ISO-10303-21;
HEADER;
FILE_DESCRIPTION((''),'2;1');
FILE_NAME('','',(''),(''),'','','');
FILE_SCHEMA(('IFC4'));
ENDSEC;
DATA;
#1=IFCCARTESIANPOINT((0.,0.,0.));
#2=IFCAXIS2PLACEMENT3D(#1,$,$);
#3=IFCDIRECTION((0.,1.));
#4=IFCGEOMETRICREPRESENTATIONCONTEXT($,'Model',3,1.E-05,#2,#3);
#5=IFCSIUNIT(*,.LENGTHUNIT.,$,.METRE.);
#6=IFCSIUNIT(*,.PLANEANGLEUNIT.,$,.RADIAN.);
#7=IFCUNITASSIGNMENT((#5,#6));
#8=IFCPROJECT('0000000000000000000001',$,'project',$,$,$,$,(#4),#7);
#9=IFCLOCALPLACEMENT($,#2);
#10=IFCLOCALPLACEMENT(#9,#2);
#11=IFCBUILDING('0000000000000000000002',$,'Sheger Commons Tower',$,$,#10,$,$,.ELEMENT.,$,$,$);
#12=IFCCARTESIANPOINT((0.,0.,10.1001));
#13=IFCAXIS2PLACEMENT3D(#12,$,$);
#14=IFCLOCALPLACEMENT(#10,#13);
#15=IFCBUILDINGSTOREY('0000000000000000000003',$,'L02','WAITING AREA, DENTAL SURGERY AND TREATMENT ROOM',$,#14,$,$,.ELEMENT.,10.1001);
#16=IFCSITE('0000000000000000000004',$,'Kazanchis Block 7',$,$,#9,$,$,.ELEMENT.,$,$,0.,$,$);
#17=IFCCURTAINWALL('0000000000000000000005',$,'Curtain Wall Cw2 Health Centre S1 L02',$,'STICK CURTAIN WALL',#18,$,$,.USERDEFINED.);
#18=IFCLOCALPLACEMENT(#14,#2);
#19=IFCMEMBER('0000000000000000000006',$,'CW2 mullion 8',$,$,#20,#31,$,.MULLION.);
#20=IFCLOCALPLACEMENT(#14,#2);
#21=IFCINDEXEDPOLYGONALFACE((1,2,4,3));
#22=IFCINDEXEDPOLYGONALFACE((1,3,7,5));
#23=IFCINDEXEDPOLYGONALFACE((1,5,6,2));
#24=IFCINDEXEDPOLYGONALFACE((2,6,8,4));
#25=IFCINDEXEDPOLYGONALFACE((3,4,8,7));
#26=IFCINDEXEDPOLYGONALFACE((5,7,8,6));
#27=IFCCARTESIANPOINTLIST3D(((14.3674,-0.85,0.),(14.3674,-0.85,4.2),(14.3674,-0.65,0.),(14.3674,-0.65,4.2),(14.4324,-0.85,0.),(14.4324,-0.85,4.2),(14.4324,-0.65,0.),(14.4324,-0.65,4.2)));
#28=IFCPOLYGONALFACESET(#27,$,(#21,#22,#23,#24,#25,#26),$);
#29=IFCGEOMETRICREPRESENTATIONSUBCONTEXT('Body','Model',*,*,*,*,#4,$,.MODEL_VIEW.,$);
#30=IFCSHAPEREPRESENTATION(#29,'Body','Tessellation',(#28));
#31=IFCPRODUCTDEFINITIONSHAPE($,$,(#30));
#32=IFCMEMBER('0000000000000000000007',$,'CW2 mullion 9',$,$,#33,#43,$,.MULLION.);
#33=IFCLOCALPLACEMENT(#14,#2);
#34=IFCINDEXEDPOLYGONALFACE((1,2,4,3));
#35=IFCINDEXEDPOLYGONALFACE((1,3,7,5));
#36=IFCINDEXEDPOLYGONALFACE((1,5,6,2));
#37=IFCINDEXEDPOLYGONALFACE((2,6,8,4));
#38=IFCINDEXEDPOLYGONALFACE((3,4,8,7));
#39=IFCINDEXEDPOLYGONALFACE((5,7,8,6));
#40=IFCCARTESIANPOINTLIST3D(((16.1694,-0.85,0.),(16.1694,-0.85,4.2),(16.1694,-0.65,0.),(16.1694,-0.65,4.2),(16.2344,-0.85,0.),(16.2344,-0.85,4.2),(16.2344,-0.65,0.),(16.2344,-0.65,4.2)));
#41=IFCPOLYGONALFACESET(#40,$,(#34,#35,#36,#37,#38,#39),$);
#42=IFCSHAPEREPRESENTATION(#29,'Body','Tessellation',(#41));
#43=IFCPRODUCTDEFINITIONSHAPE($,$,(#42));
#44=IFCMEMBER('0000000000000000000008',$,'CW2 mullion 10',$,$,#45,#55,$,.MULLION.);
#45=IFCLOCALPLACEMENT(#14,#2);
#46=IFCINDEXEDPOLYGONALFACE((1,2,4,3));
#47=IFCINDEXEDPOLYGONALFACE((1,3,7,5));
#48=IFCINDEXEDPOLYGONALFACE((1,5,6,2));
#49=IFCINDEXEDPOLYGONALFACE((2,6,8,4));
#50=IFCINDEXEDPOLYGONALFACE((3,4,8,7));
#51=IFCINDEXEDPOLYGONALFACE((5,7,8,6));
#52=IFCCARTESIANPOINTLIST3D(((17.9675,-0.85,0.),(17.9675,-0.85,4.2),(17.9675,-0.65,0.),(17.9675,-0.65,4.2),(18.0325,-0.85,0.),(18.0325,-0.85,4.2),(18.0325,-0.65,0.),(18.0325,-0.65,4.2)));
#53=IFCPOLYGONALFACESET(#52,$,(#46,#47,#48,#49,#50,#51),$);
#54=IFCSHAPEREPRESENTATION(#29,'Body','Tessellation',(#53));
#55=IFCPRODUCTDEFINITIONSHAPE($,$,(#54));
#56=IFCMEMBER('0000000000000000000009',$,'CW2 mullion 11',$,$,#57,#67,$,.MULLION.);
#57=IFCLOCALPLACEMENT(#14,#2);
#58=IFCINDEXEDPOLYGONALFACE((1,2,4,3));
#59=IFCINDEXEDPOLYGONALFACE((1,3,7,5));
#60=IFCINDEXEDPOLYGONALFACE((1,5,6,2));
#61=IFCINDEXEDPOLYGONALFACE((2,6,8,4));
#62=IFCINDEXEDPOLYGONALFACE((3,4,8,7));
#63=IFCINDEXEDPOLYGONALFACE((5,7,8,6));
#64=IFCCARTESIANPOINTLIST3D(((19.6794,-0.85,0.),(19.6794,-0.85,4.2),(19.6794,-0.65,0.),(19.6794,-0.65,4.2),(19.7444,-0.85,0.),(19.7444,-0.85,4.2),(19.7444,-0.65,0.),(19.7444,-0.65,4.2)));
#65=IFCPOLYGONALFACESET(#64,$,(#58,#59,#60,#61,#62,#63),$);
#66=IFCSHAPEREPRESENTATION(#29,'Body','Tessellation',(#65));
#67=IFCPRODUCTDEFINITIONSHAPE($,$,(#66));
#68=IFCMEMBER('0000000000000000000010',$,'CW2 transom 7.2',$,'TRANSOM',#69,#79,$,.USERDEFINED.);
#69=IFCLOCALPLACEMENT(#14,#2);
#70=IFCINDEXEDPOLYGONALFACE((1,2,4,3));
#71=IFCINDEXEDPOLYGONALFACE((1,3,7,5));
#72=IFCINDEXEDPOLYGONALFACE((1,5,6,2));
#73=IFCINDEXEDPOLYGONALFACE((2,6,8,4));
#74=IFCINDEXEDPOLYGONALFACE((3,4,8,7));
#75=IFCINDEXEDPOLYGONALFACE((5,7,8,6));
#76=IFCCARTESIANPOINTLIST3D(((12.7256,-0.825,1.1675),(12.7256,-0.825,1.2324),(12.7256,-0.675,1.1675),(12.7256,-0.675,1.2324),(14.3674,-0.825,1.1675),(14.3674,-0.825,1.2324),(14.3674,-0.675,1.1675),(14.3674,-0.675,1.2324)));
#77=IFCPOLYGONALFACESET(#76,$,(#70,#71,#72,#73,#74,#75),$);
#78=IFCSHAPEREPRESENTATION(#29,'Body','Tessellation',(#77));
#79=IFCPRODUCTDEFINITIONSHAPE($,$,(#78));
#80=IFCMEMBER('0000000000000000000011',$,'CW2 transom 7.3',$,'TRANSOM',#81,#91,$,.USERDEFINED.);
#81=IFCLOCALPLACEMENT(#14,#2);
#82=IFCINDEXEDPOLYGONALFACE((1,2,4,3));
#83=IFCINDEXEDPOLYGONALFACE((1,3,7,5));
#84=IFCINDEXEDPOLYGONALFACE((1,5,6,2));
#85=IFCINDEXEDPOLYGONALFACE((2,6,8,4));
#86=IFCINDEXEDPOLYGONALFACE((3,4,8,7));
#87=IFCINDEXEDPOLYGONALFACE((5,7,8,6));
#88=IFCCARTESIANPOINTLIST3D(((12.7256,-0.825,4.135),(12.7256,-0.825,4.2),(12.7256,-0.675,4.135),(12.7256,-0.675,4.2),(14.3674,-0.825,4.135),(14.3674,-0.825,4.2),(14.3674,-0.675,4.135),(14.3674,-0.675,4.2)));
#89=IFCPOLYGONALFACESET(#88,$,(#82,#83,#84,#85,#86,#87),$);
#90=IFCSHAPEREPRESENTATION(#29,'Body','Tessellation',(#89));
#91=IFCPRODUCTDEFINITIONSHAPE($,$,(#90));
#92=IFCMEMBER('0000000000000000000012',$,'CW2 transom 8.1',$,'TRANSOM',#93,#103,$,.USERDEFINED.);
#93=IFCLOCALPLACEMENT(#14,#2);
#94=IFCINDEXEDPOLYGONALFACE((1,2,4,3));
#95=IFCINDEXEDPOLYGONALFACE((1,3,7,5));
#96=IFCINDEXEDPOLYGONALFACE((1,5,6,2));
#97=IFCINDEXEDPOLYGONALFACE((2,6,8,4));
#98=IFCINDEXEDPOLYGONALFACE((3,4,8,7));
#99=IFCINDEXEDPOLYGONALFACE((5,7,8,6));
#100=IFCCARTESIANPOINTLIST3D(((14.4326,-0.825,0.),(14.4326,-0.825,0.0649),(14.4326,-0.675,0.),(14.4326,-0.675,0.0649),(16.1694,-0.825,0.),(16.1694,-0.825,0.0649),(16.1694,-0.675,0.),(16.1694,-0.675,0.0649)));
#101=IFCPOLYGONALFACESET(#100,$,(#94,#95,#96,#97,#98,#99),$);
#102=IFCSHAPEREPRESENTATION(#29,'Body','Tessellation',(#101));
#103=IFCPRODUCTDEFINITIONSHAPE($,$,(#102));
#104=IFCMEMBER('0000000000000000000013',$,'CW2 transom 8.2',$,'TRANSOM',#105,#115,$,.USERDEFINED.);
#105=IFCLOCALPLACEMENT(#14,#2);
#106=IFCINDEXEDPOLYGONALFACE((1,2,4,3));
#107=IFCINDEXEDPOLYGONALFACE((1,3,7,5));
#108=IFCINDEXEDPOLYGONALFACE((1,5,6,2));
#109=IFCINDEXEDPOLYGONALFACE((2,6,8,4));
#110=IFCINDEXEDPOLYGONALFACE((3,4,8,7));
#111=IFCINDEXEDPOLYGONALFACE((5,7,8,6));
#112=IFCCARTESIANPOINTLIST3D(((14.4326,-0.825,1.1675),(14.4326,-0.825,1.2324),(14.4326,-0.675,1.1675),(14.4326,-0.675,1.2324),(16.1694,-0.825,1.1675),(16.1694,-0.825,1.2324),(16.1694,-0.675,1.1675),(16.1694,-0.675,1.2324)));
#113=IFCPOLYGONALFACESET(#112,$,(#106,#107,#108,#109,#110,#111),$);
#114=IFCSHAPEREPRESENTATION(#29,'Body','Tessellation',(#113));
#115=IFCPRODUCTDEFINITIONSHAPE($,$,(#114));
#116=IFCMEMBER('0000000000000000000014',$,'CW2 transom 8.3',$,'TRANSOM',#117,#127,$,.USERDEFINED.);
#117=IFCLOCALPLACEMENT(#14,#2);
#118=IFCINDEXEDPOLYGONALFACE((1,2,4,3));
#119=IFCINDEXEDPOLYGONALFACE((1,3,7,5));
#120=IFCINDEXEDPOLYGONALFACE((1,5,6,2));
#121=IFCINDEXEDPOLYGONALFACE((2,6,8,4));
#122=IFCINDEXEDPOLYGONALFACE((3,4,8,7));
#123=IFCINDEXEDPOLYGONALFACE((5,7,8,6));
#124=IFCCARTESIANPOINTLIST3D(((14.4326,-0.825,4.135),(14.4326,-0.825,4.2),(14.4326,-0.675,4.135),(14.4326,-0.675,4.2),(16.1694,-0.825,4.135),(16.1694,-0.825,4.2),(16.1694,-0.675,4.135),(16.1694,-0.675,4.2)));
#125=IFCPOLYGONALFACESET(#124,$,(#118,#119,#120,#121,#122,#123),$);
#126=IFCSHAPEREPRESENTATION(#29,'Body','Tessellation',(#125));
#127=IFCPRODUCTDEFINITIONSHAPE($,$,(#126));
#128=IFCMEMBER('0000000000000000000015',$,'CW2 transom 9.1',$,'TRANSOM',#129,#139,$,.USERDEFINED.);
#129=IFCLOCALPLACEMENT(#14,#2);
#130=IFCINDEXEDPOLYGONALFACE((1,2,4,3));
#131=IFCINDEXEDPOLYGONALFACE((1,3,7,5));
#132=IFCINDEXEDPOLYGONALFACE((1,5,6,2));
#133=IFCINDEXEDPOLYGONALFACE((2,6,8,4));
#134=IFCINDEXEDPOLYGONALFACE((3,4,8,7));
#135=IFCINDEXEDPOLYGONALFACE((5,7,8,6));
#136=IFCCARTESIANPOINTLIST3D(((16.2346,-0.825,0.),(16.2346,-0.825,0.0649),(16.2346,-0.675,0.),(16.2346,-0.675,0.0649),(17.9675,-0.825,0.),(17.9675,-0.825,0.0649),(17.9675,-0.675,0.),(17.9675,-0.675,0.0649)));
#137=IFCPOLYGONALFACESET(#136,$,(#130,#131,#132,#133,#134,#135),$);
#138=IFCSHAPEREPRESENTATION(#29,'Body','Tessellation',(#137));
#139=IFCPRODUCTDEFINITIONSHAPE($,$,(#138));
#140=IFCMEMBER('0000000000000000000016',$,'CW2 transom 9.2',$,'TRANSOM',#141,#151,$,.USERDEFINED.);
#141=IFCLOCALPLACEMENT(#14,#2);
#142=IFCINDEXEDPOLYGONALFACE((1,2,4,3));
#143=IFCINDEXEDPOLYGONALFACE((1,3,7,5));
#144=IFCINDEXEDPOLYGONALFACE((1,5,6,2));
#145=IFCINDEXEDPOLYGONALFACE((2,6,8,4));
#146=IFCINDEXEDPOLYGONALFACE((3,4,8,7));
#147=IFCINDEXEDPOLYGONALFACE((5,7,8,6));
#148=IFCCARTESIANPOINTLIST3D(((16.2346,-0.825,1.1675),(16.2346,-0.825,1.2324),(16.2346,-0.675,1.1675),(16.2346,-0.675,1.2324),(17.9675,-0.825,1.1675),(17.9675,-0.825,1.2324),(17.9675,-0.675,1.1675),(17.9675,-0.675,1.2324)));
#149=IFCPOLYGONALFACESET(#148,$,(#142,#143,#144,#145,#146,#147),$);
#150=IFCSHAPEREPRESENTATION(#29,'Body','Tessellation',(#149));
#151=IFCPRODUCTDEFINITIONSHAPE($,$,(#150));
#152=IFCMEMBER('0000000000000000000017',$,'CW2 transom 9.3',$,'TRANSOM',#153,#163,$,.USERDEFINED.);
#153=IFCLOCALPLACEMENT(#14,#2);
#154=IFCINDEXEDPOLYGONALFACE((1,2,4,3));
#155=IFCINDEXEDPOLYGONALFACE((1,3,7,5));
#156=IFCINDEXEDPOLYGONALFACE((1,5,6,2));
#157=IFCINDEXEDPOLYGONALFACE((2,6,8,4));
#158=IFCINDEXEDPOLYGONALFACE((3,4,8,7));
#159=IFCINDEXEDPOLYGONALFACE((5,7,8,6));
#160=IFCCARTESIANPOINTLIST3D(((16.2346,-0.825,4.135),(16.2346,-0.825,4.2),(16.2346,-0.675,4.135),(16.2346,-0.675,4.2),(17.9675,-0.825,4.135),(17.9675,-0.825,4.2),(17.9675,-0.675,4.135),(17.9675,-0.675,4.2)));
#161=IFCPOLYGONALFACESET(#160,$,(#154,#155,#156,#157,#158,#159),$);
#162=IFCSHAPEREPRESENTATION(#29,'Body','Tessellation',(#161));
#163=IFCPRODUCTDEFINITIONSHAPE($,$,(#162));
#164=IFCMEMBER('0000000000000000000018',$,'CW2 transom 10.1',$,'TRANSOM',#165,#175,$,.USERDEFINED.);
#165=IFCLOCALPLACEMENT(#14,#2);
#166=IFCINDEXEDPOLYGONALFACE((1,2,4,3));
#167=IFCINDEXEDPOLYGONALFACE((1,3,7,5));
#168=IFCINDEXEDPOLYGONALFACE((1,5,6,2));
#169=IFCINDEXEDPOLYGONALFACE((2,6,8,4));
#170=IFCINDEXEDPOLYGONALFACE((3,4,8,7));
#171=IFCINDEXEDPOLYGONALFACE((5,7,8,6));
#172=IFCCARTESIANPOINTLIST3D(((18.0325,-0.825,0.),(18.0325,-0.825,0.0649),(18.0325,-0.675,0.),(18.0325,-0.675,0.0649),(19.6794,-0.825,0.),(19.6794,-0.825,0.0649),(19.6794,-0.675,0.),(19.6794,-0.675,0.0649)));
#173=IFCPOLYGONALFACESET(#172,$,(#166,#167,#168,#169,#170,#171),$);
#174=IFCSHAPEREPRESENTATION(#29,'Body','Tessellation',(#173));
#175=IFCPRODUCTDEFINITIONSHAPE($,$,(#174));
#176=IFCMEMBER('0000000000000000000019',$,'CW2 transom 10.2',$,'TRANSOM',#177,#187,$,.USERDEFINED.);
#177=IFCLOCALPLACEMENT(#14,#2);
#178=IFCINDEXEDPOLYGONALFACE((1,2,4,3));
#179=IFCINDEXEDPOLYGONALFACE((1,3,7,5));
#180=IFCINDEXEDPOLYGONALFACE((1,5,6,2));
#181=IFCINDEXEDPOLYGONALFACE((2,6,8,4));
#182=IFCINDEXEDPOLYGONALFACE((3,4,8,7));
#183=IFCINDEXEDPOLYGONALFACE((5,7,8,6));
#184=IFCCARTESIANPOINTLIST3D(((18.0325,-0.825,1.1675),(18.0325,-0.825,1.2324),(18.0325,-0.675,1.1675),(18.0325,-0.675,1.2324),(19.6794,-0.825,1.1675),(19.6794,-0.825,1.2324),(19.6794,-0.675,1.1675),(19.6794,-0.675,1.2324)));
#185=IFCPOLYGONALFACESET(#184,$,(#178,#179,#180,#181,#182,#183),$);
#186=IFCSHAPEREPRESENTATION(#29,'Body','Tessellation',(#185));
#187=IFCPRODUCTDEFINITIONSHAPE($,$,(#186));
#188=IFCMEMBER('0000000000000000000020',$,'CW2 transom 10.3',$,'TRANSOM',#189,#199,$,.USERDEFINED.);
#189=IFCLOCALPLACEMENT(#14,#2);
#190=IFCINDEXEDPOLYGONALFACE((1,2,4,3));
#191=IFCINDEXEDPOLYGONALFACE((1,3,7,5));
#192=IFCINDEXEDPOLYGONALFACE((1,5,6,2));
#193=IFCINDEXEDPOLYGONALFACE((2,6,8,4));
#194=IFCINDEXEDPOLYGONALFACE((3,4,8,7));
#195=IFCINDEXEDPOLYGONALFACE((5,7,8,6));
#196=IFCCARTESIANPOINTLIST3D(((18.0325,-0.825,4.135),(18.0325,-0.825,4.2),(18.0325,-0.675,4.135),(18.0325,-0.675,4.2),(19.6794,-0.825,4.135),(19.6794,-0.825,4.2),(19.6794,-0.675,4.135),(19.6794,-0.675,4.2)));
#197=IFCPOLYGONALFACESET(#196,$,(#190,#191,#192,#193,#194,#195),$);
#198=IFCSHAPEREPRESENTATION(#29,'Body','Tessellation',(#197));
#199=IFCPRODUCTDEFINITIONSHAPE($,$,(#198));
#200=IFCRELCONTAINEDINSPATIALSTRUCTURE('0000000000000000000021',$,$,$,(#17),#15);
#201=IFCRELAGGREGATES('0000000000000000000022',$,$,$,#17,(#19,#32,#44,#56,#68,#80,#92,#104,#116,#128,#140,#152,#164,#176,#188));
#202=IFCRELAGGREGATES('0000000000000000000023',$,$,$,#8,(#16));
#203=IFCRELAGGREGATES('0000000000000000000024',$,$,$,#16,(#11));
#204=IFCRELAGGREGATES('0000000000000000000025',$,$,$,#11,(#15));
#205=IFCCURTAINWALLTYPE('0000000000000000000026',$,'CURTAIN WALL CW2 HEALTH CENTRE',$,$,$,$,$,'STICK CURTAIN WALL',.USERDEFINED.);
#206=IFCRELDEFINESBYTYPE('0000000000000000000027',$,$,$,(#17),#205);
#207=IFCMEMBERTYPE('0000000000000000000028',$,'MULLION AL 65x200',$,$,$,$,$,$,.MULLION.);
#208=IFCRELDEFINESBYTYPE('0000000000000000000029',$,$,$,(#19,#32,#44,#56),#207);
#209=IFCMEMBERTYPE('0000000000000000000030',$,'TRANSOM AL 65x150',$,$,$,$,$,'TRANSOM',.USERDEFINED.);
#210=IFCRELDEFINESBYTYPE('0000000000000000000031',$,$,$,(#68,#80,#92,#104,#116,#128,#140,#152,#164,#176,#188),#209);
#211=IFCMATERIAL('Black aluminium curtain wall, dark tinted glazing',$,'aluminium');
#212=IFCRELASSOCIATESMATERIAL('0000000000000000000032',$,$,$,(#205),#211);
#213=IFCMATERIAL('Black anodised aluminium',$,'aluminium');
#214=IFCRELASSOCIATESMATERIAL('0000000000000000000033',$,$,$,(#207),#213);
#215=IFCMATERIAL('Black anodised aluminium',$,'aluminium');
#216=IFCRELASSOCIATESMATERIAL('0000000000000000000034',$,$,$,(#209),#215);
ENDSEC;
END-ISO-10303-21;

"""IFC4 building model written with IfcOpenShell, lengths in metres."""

from ifc_helpers import new_model, si_unit, direction, frame, origin, origin_2d, place, context, subcontext, project, spatial, rectangle, extrude, material, material_profile, profile_set, type_object, element, aggregate, save


model = new_model("IFC4")

# Units and contexts
model_context = context("Model", 3, precision=1e-05, world=origin(), true_north=direction((0.0, 1.0)))
body_context = subcontext(model_context, "Body", "Model", "MODEL_VIEW")
ifc_project = project(units=[si_unit("LENGTHUNIT", "METRE"), si_unit("PLANEANGLEUNIT", "RADIAN")], contexts=[model_context])

# Site, building, storey
site_placement = place(None, origin())
site = spatial("IfcSite", under=ifc_project, at=site_placement, Name="Kazanchis Block 7", CompositionType="ELEMENT", RefElevation=0.0)
building_placement = place(site_placement, origin())
building = spatial("IfcBuilding", under=site, at=building_placement, Name="Sheger Commons Tower", CompositionType="ELEMENT")
storey_placement = place(building_placement, frame((0.0, 0.0, 10.1001)))
storey = spatial("IfcBuildingStorey", under=building, at=storey_placement, Name="L02", Description="WAITING AREA, DENTAL SURGERY AND TREATMENT ROOM", CompositionType="ELEMENT", Elevation=10.1001)

# Curtain wall, members
ifc_material_1 = material(Name="Black aluminium curtain wall, dark tinted glazing", Category="aluminium")
curtain_wall_type = type_object("IfcCurtainWallType", Name="CURTAIN WALL CW2 HEALTH CENTRE", ElementType="STICK CURTAIN WALL", PredefinedType="USERDEFINED", material=ifc_material_1)
curtain_wall_placement = place(storey_placement, origin())
curtain_wall = element("IfcCurtainWall", 1, at=curtain_wall_placement, inside=storey, type_object=curtain_wall_type, Name="Curtain Wall Cw2 Health Centre S1 L02", ObjectType="STICK CURTAIN WALL", PredefinedType="USERDEFINED")
ifc_material_2 = material(Name="Black anodised aluminium", Category="aluminium")
ifc_material_profile_1 = material_profile(ifc_material_2, rectangle(XDim=0.2, YDim=0.0649, at=origin_2d()), Name="AL 65x200")
ifc_profile_set_1 = profile_set([ifc_material_profile_1], Name="Black anodised aluminium")
member_type_1 = type_object("IfcMemberType", Name="MULLION AL 65x200", PredefinedType="MULLION", material=ifc_profile_set_1)
member_1_placement = place(storey_placement, frame((14.3999, -0.75, 0.0), z_axis=(0.0, 0.0, 1.0), x_axis=(0.0, 1.0, 0.0)))
member_1 = element("IfcMember", 2, at=member_1_placement, type_object=member_type_1, Name="CW2 mullion 8", PredefinedType="MULLION", context=body_context, shape_type="SweptSolid", body=[
    extrude(rectangle(XDim=0.2, YDim=0.0649, at=origin_2d()), origin(), (0.0, 0.0, 1.0), 4.2),
])
member_2_placement = place(storey_placement, frame((16.2019, -0.75, 0.0), z_axis=(0.0, 0.0, 1.0), x_axis=(0.0, 1.0, 0.0)))
member_2 = element("IfcMember", 3, at=member_2_placement, type_object=member_type_1, Name="CW2 mullion 9", PredefinedType="MULLION", context=body_context, shape_type="SweptSolid", body=[
    extrude(rectangle(XDim=0.2, YDim=0.0649, at=origin_2d()), origin(), (0.0, 0.0, 1.0), 4.2),
])
member_3_placement = place(storey_placement, frame((18.0, -0.75, 0.0), z_axis=(0.0, 0.0, 1.0), x_axis=(0.0, 1.0, 0.0)))
member_3 = element("IfcMember", 4, at=member_3_placement, type_object=member_type_1, Name="CW2 mullion 10", PredefinedType="MULLION", context=body_context, shape_type="SweptSolid", body=[
    extrude(rectangle(XDim=0.2, YDim=0.0649, at=origin_2d()), origin(), (0.0, 0.0, 1.0), 4.2),
])
member_4_placement = place(storey_placement, frame((19.7119, -0.75, 0.0), z_axis=(0.0, 0.0, 1.0), x_axis=(0.0, 1.0, 0.0)))
member_4 = element("IfcMember", 5, at=member_4_placement, type_object=member_type_1, Name="CW2 mullion 11", PredefinedType="MULLION", context=body_context, shape_type="SweptSolid", body=[
    extrude(rectangle(XDim=0.2, YDim=0.0649, at=origin_2d()), origin(), (0.0, 0.0, 1.0), 4.2),
])
ifc_material_3 = material(Name="Black anodised aluminium", Category="aluminium")
ifc_material_profile_2 = material_profile(ifc_material_3, rectangle(XDim=0.1499, YDim=0.0649, at=origin_2d()), Name="AL 65x150")
ifc_profile_set_2 = profile_set([ifc_material_profile_2], Name="Black anodised aluminium")
member_type_2 = type_object("IfcMemberType", Name="TRANSOM AL 65x150", ElementType="TRANSOM", PredefinedType="USERDEFINED", material=ifc_profile_set_2)
member_5_placement = place(storey_placement, frame((12.7256, -0.75, 1.2), z_axis=(1.0, 0.0, 0.0), x_axis=(0.0, 1.0, 0.0)))
member_5 = element("IfcMember", 6, at=member_5_placement, type_object=member_type_2, Name="CW2 transom 7.2", ObjectType="TRANSOM", PredefinedType="USERDEFINED", context=body_context, shape_type="SweptSolid", body=[
    extrude(rectangle(XDim=0.1499, YDim=0.0649, at=origin_2d()), origin(), (0.0, 0.0, 1.0), 1.6418),
])
member_6_placement = place(storey_placement, frame((12.7256, -0.75, 4.1675), z_axis=(1.0, 0.0, 0.0), x_axis=(0.0, 1.0, 0.0)))
member_6 = element("IfcMember", 7, at=member_6_placement, type_object=member_type_2, Name="CW2 transom 7.3", ObjectType="TRANSOM", PredefinedType="USERDEFINED", context=body_context, shape_type="SweptSolid", body=[
    extrude(rectangle(XDim=0.1499, YDim=0.0649, at=origin_2d()), origin(), (0.0, 0.0, 1.0), 1.6418),
])
member_7_placement = place(storey_placement, frame((14.4326, -0.75, 0.0325), z_axis=(1.0, 0.0, 0.0), x_axis=(0.0, 1.0, 0.0)))
member_7 = element("IfcMember", 8, at=member_7_placement, type_object=member_type_2, Name="CW2 transom 8.1", ObjectType="TRANSOM", PredefinedType="USERDEFINED", context=body_context, shape_type="SweptSolid", body=[
    extrude(rectangle(XDim=0.1499, YDim=0.0649, at=origin_2d()), origin(), (0.0, 0.0, 1.0), 1.7368),
])
member_8_placement = place(storey_placement, frame((14.4326, -0.75, 1.2), z_axis=(1.0, 0.0, 0.0), x_axis=(0.0, 1.0, 0.0)))
member_8 = element("IfcMember", 9, at=member_8_placement, type_object=member_type_2, Name="CW2 transom 8.2", ObjectType="TRANSOM", PredefinedType="USERDEFINED", context=body_context, shape_type="SweptSolid", body=[
    extrude(rectangle(XDim=0.1499, YDim=0.0649, at=origin_2d()), origin(), (0.0, 0.0, 1.0), 1.7368),
])
member_9_placement = place(storey_placement, frame((14.4326, -0.75, 4.1675), z_axis=(1.0, 0.0, 0.0), x_axis=(0.0, 1.0, 0.0)))
member_9 = element("IfcMember", 10, at=member_9_placement, type_object=member_type_2, Name="CW2 transom 8.3", ObjectType="TRANSOM", PredefinedType="USERDEFINED", context=body_context, shape_type="SweptSolid", body=[
    extrude(rectangle(XDim=0.1499, YDim=0.0649, at=origin_2d()), origin(), (0.0, 0.0, 1.0), 1.7368),
])
member_10_placement = place(storey_placement, frame((16.2346, -0.75, 0.0325), z_axis=(1.0, 0.0, 0.0), x_axis=(0.0, 1.0, 0.0)))
member_10 = element("IfcMember", 11, at=member_10_placement, type_object=member_type_2, Name="CW2 transom 9.1", ObjectType="TRANSOM", PredefinedType="USERDEFINED", context=body_context, shape_type="SweptSolid", body=[
    extrude(rectangle(XDim=0.1499, YDim=0.0649, at=origin_2d()), origin(), (0.0, 0.0, 1.0), 1.7329),
])
member_11_placement = place(storey_placement, frame((16.2346, -0.75, 1.2), z_axis=(1.0, 0.0, 0.0), x_axis=(0.0, 1.0, 0.0)))
member_11 = element("IfcMember", 12, at=member_11_placement, type_object=member_type_2, Name="CW2 transom 9.2", ObjectType="TRANSOM", PredefinedType="USERDEFINED", context=body_context, shape_type="SweptSolid", body=[
    extrude(rectangle(XDim=0.1499, YDim=0.0649, at=origin_2d()), origin(), (0.0, 0.0, 1.0), 1.7329),
])
member_12_placement = place(storey_placement, frame((16.2346, -0.75, 4.1675), z_axis=(1.0, 0.0, 0.0), x_axis=(0.0, 1.0, 0.0)))
member_12 = element("IfcMember", 13, at=member_12_placement, type_object=member_type_2, Name="CW2 transom 9.3", ObjectType="TRANSOM", PredefinedType="USERDEFINED", context=body_context, shape_type="SweptSolid", body=[
    extrude(rectangle(XDim=0.1499, YDim=0.0649, at=origin_2d()), origin(), (0.0, 0.0, 1.0), 1.7329),
])
member_13_placement = place(storey_placement, frame((18.0325, -0.75, 0.0325), z_axis=(1.0, 0.0, 0.0), x_axis=(0.0, 1.0, 0.0)))
member_13 = element("IfcMember", 14, at=member_13_placement, type_object=member_type_2, Name="CW2 transom 10.1", ObjectType="TRANSOM", PredefinedType="USERDEFINED", context=body_context, shape_type="SweptSolid", body=[
    extrude(rectangle(XDim=0.1499, YDim=0.0649, at=origin_2d()), origin(), (0.0, 0.0, 1.0), 1.647),
])
member_14_placement = place(storey_placement, frame((18.0325, -0.75, 1.2), z_axis=(1.0, 0.0, 0.0), x_axis=(0.0, 1.0, 0.0)))
member_14 = element("IfcMember", 15, at=member_14_placement, type_object=member_type_2, Name="CW2 transom 10.2", ObjectType="TRANSOM", PredefinedType="USERDEFINED", context=body_context, shape_type="SweptSolid", body=[
    extrude(rectangle(XDim=0.1499, YDim=0.0649, at=origin_2d()), origin(), (0.0, 0.0, 1.0), 1.647),
])
member_15_placement = place(storey_placement, frame((18.0325, -0.75, 4.1675), z_axis=(1.0, 0.0, 0.0), x_axis=(0.0, 1.0, 0.0)))
member_15 = element("IfcMember", 16, at=member_15_placement, type_object=member_type_2, Name="CW2 transom 10.3", ObjectType="TRANSOM", PredefinedType="USERDEFINED", context=body_context, shape_type="SweptSolid", body=[
    extrude(rectangle(XDim=0.1499, YDim=0.0649, at=origin_2d()), origin(), (0.0, 0.0, 1.0), 1.647),
])
aggregate(curtain_wall, [member_1, member_2, member_3, member_4, member_5, member_6, member_7, member_8, member_9, member_10, member_11, member_12, member_13, member_14, member_15])

save(model, "model.ifc")
